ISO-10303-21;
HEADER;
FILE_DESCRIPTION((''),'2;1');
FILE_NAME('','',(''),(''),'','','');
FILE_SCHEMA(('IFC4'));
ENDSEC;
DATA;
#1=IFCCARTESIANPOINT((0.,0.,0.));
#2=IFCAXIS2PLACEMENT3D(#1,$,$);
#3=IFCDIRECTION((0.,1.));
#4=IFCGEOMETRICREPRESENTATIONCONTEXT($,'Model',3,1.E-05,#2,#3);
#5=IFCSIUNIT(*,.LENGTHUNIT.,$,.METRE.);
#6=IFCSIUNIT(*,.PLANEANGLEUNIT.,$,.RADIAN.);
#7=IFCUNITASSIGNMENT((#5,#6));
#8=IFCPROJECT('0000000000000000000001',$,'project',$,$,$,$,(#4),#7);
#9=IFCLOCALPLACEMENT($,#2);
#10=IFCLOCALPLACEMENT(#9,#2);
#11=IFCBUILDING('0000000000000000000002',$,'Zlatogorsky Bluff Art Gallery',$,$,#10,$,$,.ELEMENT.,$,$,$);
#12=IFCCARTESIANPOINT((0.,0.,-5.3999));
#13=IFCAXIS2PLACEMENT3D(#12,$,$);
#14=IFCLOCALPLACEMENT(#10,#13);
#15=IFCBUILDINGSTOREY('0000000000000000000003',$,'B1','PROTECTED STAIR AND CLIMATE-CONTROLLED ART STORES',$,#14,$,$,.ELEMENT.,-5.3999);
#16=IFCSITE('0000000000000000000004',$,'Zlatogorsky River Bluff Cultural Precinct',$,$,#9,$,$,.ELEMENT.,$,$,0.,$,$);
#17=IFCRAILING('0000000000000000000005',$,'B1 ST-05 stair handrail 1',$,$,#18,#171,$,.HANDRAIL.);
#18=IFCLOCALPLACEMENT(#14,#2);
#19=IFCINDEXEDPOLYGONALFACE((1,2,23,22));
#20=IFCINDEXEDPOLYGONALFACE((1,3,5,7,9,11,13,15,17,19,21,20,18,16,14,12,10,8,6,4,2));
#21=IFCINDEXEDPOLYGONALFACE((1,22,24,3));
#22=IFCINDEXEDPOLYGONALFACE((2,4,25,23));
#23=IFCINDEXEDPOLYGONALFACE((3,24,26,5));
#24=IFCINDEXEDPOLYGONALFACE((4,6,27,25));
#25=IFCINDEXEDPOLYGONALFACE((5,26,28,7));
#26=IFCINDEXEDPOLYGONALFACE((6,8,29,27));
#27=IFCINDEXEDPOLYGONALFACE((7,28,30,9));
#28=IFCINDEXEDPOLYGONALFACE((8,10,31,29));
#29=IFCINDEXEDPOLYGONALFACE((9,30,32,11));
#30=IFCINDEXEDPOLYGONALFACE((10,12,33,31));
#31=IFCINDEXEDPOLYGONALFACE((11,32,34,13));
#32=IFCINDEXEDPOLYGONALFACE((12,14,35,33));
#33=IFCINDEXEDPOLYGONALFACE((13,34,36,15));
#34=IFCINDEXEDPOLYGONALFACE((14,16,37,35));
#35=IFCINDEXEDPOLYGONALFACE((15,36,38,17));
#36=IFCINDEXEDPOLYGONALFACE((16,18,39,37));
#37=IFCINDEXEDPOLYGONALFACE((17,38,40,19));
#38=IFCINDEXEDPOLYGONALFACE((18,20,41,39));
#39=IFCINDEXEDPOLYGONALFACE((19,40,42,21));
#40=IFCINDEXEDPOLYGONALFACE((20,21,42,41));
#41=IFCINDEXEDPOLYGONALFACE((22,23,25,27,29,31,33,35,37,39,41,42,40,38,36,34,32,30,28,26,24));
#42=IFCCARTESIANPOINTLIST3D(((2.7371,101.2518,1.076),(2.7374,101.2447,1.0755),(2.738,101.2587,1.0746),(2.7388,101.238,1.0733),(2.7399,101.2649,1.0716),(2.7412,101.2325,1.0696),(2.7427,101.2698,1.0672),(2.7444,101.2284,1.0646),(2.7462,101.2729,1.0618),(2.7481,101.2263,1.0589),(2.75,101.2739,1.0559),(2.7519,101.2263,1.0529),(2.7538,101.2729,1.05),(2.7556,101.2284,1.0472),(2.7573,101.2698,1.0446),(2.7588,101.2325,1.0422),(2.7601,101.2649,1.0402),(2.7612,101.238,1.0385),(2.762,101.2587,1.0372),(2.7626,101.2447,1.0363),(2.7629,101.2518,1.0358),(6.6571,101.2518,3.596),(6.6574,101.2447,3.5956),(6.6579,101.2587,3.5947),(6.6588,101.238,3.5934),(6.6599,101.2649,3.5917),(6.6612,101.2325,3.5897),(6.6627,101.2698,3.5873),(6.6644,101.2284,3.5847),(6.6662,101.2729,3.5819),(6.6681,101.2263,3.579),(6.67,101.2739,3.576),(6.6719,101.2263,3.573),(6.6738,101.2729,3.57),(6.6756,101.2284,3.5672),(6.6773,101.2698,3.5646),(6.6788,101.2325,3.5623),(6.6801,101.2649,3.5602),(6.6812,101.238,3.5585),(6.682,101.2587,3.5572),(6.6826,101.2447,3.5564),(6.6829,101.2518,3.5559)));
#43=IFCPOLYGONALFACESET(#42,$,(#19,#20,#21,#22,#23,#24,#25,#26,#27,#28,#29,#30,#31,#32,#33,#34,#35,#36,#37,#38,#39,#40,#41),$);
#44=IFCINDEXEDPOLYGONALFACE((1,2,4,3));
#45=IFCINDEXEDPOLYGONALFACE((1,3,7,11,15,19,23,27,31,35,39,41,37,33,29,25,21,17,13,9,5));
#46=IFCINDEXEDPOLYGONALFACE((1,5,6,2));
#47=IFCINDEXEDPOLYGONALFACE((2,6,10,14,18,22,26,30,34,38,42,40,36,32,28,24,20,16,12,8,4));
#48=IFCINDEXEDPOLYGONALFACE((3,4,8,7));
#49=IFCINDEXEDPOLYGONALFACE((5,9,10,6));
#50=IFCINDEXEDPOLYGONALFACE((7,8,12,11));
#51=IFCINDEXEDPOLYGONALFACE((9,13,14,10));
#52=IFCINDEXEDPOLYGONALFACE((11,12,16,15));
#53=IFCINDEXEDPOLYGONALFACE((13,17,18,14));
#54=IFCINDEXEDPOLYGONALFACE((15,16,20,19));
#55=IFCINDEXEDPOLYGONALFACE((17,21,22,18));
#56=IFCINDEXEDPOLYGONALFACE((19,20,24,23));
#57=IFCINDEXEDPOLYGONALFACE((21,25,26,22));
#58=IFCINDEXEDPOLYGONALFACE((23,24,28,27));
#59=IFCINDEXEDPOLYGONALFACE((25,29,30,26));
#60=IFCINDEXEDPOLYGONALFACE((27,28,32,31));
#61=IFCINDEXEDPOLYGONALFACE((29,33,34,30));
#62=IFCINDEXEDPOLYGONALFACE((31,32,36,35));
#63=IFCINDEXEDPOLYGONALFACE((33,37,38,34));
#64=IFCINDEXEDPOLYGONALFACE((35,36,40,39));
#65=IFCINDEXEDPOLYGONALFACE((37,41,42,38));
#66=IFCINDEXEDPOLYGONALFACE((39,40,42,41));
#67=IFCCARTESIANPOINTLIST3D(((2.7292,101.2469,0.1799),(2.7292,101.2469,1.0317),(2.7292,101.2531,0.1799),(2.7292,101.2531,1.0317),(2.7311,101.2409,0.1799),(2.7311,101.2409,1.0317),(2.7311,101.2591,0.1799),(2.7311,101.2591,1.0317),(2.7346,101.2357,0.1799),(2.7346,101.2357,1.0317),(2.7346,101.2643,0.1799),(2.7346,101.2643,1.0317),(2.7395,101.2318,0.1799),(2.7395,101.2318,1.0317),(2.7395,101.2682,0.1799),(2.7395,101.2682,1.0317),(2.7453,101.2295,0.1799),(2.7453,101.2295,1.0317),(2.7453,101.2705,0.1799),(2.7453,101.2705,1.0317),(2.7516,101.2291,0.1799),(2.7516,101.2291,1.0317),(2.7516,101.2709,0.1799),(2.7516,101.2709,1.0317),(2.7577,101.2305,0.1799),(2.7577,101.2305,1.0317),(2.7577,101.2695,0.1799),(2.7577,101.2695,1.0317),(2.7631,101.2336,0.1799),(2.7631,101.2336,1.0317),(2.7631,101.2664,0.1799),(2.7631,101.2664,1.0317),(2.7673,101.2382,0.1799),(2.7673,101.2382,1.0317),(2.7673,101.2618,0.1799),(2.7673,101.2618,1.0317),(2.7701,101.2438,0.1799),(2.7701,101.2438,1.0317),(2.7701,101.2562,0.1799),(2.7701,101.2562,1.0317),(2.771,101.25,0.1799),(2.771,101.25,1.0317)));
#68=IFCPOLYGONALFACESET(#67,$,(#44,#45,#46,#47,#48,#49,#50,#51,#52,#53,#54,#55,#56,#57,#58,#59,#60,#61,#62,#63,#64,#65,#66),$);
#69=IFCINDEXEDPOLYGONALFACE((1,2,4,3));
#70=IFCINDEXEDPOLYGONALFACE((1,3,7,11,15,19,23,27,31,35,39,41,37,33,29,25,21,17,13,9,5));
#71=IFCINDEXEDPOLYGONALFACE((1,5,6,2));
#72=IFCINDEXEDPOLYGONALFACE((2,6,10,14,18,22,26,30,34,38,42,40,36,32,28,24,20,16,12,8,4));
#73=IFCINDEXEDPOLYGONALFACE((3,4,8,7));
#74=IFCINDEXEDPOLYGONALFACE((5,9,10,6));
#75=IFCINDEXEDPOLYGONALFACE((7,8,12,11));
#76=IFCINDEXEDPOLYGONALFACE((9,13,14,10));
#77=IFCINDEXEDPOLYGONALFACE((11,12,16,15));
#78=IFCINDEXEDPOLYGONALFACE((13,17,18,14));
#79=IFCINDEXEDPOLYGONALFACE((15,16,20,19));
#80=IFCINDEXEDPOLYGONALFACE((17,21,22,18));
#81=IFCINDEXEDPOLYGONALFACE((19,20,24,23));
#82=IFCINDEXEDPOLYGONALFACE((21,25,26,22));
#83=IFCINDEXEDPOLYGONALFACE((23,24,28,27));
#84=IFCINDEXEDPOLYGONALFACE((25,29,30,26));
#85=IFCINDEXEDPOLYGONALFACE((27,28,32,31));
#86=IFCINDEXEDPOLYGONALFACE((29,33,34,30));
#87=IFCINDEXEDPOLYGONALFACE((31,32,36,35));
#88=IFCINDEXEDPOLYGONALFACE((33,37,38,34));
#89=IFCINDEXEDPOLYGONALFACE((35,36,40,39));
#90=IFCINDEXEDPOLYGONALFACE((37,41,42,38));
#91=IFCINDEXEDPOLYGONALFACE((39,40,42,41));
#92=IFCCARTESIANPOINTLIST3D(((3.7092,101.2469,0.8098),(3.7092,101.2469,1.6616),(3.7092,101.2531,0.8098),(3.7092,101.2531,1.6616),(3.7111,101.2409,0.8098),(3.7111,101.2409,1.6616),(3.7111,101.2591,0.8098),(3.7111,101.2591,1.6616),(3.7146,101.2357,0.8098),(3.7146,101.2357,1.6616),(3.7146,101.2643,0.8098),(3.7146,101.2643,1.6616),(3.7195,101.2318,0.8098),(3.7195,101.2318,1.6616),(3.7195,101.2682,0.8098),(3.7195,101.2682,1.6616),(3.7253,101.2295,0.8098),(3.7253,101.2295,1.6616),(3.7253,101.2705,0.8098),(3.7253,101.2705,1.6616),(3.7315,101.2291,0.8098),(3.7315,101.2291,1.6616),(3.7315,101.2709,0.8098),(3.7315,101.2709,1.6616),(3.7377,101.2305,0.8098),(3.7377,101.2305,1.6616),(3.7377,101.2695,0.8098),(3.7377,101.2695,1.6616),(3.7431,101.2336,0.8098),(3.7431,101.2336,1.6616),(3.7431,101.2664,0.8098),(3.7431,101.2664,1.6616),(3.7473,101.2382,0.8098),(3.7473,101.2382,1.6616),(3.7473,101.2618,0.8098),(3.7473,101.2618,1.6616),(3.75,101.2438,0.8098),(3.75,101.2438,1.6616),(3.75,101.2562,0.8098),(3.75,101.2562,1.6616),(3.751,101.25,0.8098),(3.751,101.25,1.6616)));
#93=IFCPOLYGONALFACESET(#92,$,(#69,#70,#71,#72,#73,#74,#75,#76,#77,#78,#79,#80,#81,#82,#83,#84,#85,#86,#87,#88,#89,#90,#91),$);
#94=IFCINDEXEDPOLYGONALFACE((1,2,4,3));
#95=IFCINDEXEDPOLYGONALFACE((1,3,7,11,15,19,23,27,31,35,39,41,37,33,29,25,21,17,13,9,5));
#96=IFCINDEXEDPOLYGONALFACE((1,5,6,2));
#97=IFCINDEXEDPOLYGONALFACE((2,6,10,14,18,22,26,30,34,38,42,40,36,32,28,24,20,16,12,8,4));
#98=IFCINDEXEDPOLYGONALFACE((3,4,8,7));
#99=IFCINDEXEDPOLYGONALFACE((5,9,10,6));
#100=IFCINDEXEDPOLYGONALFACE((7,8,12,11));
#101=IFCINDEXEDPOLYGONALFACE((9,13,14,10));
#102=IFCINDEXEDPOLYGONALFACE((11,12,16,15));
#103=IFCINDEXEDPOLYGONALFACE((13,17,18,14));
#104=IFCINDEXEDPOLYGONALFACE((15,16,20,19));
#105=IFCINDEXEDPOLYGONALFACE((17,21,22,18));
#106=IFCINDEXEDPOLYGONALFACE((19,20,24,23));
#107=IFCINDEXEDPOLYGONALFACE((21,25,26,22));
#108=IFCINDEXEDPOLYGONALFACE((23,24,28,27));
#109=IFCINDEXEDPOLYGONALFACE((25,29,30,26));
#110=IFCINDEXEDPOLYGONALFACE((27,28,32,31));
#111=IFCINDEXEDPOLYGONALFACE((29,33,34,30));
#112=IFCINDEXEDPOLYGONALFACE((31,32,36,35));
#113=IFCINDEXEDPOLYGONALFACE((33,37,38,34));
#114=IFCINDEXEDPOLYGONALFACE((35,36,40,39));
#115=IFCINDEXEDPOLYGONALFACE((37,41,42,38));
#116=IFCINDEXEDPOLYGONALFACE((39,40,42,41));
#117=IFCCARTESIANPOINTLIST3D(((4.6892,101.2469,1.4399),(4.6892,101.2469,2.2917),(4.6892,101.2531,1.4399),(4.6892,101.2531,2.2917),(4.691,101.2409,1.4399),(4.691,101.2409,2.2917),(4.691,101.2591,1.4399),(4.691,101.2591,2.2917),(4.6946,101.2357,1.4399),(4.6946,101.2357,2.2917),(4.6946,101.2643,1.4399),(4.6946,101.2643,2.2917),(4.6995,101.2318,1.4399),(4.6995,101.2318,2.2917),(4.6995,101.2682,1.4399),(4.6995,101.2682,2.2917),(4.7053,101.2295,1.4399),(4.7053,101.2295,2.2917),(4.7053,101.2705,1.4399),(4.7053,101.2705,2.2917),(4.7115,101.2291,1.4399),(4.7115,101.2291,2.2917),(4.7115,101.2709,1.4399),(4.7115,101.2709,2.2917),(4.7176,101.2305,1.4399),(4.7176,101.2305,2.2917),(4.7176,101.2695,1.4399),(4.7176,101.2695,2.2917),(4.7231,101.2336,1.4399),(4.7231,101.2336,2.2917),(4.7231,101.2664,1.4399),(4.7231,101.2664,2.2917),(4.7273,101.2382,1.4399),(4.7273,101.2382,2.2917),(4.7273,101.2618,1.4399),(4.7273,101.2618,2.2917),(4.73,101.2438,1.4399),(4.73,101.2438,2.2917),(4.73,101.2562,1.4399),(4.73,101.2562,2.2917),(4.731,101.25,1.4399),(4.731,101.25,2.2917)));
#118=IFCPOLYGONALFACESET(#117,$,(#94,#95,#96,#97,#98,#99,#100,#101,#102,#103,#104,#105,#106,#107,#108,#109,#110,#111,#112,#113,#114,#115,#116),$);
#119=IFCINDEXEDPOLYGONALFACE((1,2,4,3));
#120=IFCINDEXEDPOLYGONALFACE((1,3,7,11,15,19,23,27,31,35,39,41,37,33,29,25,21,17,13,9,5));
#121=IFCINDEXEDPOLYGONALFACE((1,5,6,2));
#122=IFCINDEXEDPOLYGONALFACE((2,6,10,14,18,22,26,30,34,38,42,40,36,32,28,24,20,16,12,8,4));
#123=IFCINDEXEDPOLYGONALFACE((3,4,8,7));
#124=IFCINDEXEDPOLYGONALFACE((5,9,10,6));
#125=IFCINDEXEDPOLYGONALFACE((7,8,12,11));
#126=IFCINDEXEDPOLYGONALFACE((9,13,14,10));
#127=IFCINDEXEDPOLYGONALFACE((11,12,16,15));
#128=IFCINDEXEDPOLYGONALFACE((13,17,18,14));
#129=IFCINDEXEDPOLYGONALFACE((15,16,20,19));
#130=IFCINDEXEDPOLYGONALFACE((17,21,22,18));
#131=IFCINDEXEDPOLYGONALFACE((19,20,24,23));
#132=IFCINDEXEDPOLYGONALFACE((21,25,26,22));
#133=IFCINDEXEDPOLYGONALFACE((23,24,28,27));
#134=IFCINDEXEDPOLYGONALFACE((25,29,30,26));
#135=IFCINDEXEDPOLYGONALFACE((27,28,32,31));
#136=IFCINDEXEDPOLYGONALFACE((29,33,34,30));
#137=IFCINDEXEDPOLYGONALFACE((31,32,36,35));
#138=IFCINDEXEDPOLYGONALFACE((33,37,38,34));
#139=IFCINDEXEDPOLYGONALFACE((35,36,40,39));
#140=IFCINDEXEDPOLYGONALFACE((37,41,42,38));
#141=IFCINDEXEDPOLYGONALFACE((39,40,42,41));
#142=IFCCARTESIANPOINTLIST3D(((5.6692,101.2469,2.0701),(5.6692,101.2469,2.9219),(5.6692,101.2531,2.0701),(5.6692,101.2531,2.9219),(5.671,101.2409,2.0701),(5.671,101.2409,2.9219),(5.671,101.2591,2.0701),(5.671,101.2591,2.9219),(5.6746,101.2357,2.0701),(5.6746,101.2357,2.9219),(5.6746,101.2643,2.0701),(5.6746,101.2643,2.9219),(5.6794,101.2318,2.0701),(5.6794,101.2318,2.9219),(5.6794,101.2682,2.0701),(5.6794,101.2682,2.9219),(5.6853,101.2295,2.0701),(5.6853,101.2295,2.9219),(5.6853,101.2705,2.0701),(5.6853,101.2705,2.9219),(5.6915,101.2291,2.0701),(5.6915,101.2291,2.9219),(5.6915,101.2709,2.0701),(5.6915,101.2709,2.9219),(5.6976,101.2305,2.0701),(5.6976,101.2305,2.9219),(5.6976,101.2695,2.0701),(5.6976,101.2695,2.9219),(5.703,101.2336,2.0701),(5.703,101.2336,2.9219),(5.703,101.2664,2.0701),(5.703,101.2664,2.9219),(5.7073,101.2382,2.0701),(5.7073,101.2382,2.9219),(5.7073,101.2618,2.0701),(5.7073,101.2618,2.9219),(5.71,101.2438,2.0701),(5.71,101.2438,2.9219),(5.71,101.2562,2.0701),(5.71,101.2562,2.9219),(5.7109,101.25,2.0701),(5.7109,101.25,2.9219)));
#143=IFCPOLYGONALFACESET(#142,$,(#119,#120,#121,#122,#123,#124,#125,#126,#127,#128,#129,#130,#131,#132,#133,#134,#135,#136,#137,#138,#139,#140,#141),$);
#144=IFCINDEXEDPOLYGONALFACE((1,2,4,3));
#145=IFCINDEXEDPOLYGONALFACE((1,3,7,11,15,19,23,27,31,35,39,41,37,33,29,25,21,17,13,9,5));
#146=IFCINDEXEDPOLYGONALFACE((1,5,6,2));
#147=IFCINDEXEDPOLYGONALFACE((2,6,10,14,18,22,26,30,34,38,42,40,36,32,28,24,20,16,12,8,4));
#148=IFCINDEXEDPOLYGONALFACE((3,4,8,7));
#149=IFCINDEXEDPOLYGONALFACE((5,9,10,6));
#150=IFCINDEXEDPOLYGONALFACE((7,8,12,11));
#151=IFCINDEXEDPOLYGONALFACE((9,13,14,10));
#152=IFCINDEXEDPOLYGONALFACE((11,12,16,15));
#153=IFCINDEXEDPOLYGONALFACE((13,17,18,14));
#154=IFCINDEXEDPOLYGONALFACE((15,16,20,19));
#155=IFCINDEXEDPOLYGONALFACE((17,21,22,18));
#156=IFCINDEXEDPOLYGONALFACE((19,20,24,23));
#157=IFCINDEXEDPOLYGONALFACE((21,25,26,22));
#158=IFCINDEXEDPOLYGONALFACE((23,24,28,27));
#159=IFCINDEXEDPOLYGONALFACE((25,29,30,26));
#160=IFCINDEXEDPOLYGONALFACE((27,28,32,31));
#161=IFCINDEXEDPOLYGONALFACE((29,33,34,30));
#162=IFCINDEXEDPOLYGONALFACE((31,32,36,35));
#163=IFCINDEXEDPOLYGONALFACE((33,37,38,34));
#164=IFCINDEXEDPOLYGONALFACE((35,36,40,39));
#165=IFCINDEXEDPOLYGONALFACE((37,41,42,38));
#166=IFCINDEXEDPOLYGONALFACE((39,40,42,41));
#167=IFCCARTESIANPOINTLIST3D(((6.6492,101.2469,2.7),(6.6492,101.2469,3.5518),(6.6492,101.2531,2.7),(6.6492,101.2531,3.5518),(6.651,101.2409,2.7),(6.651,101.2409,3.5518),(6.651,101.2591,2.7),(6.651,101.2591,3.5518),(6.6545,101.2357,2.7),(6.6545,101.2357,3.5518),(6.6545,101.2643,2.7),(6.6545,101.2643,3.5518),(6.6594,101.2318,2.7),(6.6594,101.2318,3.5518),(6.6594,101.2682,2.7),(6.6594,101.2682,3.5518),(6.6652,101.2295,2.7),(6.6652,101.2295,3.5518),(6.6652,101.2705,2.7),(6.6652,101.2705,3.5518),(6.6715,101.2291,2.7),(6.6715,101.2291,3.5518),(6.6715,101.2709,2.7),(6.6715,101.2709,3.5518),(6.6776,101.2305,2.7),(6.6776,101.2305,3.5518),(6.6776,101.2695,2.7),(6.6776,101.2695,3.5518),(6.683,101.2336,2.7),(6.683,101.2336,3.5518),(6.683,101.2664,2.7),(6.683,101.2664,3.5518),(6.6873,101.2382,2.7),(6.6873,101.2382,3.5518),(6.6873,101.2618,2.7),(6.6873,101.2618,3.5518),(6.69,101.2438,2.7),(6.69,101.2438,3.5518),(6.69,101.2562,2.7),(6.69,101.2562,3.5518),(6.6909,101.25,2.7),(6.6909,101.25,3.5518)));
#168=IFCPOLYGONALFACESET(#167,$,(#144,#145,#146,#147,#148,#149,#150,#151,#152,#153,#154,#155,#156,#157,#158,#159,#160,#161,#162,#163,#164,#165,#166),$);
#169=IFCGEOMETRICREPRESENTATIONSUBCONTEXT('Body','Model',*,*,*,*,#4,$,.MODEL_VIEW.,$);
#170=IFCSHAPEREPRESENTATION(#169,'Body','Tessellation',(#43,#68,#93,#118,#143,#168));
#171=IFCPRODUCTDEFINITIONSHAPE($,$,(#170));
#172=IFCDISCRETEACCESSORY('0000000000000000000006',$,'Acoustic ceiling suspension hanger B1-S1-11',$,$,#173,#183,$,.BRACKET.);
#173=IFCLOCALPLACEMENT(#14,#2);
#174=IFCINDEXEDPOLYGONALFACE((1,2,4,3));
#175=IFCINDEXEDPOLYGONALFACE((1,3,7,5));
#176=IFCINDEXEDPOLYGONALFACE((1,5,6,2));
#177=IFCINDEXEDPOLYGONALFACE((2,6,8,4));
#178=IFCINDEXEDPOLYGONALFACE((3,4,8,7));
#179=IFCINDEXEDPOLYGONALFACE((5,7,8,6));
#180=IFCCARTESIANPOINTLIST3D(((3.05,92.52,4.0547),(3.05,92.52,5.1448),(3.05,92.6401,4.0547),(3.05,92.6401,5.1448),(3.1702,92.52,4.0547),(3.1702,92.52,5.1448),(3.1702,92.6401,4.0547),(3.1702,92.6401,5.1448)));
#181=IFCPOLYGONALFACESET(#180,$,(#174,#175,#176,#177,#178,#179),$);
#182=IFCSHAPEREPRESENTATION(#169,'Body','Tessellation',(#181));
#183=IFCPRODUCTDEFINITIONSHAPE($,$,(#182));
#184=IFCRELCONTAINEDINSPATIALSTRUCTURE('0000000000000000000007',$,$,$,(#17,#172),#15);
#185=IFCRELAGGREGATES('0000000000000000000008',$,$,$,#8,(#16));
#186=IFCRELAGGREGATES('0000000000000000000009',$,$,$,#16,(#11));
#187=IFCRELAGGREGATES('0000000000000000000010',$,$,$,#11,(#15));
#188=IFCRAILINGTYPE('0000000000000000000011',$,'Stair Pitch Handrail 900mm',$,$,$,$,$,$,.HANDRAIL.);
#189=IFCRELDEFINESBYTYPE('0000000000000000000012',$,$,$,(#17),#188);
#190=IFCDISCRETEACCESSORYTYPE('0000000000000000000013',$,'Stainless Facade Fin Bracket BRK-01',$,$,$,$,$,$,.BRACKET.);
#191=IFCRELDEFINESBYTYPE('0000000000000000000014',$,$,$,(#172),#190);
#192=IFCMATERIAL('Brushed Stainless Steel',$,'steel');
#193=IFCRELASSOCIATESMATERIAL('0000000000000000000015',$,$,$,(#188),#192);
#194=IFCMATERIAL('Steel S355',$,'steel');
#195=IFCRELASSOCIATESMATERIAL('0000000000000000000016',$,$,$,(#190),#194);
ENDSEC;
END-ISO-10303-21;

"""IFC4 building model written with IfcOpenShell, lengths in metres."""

from ifc_helpers import new_model, si_unit, direction, frame, origin, origin_2d, place, context, subcontext, project, spatial, rectangle, circle, extrude, material, type_object, element, save


model = new_model("IFC4")

# Units and contexts
model_context = context("Model", 3, precision=1e-05, world=origin(), true_north=direction((0.0, 1.0)))
body_context = subcontext(model_context, "Body", "Model", "MODEL_VIEW")
ifc_project = project(units=[si_unit("LENGTHUNIT", "METRE"), si_unit("PLANEANGLEUNIT", "RADIAN")], contexts=[model_context])

# Site, building, storey
site_placement = place(None, origin())
site = spatial("IfcSite", under=ifc_project, at=site_placement, Name="Zlatogorsky River Bluff Cultural Precinct", CompositionType="ELEMENT", RefElevation=0.0)
building_placement = place(site_placement, origin())
building = spatial("IfcBuilding", under=site, at=building_placement, Name="Zlatogorsky Bluff Art Gallery", CompositionType="ELEMENT")
storey_placement = place(building_placement, frame((0.0, 0.0, -5.3999)))
storey = spatial("IfcBuildingStorey", under=building, at=storey_placement, Name="B1", Description="PROTECTED STAIR AND CLIMATE-CONTROLLED ART STORES", CompositionType="ELEMENT", Elevation=-5.3999)

# Shared definitions
ifc_material_1 = material(Name="Steel S355", Category="steel")

# Railing
ifc_material_2 = material(Name="Brushed Stainless Steel", Category="steel")
railing_type_1 = type_object("IfcRailingType", Name="Stair Pitch Handrail 900mm", PredefinedType="HANDRAIL", material=ifc_material_2)
railing_1_placement = place(storey_placement, frame((2.75, 101.25, 0.1799)))
element("IfcRailing", 1, at=railing_1_placement, inside=storey, type_object=railing_type_1, Name="B1 ST-05 stair handrail 1", PredefinedType="HANDRAIL", context=body_context, shape_type="SweptSolid", body=[
    extrude(circle(Radius=0.0239, at=origin_2d()), frame((0.0, 0.0, 0.876), z_axis=(0.841172, 0.0, 0.540768), x_axis=(0.0, 1.0, 0.0)), (0.0, 0.0, 1.0), 4.6602),
    extrude(circle(Radius=0.021, at=origin_2d()), origin(), (0.0, 0.0, 1.0), 0.8518),
    extrude(circle(Radius=0.021, at=origin_2d()), frame((0.98, 0.0, 0.6299)), (0.0, 0.0, 1.0), 0.8518),
    extrude(circle(Radius=0.021, at=origin_2d()), frame((1.96, 0.0, 1.26)), (0.0, 0.0, 1.0), 0.8518),
    extrude(circle(Radius=0.021, at=origin_2d()), frame((2.9399, 0.0, 1.8901)), (0.0, 0.0, 1.0), 0.8518),
    extrude(circle(Radius=0.021, at=origin_2d()), frame((3.9199, 0.0, 2.52)), (0.0, 0.0, 1.0), 0.8518),
])

# Discrete accessory
discrete_accessory_type = type_object("IfcDiscreteAccessoryType", Name="Stainless Facade Fin Bracket BRK-01", PredefinedType="BRACKET", material=ifc_material_1)
discrete_accessory_placement = place(storey_placement, frame((3.1101, 92.5801, 4.0547), z_axis=(0.0, 0.0, 1.0), x_axis=(1.0, 0.0, 0.0)))
element("IfcDiscreteAccessory", 2, at=discrete_accessory_placement, inside=storey, type_object=discrete_accessory_type, Name="Acoustic ceiling suspension hanger B1-S1-11", PredefinedType="BRACKET", context=body_context, shape_type="SweptSolid", body=[
    extrude(rectangle(XDim=0.1201, YDim=0.1201, at=origin_2d()), origin(), (0.0, 0.0, 1.0), 1.0901),
])

save(model, "model.ifc")
